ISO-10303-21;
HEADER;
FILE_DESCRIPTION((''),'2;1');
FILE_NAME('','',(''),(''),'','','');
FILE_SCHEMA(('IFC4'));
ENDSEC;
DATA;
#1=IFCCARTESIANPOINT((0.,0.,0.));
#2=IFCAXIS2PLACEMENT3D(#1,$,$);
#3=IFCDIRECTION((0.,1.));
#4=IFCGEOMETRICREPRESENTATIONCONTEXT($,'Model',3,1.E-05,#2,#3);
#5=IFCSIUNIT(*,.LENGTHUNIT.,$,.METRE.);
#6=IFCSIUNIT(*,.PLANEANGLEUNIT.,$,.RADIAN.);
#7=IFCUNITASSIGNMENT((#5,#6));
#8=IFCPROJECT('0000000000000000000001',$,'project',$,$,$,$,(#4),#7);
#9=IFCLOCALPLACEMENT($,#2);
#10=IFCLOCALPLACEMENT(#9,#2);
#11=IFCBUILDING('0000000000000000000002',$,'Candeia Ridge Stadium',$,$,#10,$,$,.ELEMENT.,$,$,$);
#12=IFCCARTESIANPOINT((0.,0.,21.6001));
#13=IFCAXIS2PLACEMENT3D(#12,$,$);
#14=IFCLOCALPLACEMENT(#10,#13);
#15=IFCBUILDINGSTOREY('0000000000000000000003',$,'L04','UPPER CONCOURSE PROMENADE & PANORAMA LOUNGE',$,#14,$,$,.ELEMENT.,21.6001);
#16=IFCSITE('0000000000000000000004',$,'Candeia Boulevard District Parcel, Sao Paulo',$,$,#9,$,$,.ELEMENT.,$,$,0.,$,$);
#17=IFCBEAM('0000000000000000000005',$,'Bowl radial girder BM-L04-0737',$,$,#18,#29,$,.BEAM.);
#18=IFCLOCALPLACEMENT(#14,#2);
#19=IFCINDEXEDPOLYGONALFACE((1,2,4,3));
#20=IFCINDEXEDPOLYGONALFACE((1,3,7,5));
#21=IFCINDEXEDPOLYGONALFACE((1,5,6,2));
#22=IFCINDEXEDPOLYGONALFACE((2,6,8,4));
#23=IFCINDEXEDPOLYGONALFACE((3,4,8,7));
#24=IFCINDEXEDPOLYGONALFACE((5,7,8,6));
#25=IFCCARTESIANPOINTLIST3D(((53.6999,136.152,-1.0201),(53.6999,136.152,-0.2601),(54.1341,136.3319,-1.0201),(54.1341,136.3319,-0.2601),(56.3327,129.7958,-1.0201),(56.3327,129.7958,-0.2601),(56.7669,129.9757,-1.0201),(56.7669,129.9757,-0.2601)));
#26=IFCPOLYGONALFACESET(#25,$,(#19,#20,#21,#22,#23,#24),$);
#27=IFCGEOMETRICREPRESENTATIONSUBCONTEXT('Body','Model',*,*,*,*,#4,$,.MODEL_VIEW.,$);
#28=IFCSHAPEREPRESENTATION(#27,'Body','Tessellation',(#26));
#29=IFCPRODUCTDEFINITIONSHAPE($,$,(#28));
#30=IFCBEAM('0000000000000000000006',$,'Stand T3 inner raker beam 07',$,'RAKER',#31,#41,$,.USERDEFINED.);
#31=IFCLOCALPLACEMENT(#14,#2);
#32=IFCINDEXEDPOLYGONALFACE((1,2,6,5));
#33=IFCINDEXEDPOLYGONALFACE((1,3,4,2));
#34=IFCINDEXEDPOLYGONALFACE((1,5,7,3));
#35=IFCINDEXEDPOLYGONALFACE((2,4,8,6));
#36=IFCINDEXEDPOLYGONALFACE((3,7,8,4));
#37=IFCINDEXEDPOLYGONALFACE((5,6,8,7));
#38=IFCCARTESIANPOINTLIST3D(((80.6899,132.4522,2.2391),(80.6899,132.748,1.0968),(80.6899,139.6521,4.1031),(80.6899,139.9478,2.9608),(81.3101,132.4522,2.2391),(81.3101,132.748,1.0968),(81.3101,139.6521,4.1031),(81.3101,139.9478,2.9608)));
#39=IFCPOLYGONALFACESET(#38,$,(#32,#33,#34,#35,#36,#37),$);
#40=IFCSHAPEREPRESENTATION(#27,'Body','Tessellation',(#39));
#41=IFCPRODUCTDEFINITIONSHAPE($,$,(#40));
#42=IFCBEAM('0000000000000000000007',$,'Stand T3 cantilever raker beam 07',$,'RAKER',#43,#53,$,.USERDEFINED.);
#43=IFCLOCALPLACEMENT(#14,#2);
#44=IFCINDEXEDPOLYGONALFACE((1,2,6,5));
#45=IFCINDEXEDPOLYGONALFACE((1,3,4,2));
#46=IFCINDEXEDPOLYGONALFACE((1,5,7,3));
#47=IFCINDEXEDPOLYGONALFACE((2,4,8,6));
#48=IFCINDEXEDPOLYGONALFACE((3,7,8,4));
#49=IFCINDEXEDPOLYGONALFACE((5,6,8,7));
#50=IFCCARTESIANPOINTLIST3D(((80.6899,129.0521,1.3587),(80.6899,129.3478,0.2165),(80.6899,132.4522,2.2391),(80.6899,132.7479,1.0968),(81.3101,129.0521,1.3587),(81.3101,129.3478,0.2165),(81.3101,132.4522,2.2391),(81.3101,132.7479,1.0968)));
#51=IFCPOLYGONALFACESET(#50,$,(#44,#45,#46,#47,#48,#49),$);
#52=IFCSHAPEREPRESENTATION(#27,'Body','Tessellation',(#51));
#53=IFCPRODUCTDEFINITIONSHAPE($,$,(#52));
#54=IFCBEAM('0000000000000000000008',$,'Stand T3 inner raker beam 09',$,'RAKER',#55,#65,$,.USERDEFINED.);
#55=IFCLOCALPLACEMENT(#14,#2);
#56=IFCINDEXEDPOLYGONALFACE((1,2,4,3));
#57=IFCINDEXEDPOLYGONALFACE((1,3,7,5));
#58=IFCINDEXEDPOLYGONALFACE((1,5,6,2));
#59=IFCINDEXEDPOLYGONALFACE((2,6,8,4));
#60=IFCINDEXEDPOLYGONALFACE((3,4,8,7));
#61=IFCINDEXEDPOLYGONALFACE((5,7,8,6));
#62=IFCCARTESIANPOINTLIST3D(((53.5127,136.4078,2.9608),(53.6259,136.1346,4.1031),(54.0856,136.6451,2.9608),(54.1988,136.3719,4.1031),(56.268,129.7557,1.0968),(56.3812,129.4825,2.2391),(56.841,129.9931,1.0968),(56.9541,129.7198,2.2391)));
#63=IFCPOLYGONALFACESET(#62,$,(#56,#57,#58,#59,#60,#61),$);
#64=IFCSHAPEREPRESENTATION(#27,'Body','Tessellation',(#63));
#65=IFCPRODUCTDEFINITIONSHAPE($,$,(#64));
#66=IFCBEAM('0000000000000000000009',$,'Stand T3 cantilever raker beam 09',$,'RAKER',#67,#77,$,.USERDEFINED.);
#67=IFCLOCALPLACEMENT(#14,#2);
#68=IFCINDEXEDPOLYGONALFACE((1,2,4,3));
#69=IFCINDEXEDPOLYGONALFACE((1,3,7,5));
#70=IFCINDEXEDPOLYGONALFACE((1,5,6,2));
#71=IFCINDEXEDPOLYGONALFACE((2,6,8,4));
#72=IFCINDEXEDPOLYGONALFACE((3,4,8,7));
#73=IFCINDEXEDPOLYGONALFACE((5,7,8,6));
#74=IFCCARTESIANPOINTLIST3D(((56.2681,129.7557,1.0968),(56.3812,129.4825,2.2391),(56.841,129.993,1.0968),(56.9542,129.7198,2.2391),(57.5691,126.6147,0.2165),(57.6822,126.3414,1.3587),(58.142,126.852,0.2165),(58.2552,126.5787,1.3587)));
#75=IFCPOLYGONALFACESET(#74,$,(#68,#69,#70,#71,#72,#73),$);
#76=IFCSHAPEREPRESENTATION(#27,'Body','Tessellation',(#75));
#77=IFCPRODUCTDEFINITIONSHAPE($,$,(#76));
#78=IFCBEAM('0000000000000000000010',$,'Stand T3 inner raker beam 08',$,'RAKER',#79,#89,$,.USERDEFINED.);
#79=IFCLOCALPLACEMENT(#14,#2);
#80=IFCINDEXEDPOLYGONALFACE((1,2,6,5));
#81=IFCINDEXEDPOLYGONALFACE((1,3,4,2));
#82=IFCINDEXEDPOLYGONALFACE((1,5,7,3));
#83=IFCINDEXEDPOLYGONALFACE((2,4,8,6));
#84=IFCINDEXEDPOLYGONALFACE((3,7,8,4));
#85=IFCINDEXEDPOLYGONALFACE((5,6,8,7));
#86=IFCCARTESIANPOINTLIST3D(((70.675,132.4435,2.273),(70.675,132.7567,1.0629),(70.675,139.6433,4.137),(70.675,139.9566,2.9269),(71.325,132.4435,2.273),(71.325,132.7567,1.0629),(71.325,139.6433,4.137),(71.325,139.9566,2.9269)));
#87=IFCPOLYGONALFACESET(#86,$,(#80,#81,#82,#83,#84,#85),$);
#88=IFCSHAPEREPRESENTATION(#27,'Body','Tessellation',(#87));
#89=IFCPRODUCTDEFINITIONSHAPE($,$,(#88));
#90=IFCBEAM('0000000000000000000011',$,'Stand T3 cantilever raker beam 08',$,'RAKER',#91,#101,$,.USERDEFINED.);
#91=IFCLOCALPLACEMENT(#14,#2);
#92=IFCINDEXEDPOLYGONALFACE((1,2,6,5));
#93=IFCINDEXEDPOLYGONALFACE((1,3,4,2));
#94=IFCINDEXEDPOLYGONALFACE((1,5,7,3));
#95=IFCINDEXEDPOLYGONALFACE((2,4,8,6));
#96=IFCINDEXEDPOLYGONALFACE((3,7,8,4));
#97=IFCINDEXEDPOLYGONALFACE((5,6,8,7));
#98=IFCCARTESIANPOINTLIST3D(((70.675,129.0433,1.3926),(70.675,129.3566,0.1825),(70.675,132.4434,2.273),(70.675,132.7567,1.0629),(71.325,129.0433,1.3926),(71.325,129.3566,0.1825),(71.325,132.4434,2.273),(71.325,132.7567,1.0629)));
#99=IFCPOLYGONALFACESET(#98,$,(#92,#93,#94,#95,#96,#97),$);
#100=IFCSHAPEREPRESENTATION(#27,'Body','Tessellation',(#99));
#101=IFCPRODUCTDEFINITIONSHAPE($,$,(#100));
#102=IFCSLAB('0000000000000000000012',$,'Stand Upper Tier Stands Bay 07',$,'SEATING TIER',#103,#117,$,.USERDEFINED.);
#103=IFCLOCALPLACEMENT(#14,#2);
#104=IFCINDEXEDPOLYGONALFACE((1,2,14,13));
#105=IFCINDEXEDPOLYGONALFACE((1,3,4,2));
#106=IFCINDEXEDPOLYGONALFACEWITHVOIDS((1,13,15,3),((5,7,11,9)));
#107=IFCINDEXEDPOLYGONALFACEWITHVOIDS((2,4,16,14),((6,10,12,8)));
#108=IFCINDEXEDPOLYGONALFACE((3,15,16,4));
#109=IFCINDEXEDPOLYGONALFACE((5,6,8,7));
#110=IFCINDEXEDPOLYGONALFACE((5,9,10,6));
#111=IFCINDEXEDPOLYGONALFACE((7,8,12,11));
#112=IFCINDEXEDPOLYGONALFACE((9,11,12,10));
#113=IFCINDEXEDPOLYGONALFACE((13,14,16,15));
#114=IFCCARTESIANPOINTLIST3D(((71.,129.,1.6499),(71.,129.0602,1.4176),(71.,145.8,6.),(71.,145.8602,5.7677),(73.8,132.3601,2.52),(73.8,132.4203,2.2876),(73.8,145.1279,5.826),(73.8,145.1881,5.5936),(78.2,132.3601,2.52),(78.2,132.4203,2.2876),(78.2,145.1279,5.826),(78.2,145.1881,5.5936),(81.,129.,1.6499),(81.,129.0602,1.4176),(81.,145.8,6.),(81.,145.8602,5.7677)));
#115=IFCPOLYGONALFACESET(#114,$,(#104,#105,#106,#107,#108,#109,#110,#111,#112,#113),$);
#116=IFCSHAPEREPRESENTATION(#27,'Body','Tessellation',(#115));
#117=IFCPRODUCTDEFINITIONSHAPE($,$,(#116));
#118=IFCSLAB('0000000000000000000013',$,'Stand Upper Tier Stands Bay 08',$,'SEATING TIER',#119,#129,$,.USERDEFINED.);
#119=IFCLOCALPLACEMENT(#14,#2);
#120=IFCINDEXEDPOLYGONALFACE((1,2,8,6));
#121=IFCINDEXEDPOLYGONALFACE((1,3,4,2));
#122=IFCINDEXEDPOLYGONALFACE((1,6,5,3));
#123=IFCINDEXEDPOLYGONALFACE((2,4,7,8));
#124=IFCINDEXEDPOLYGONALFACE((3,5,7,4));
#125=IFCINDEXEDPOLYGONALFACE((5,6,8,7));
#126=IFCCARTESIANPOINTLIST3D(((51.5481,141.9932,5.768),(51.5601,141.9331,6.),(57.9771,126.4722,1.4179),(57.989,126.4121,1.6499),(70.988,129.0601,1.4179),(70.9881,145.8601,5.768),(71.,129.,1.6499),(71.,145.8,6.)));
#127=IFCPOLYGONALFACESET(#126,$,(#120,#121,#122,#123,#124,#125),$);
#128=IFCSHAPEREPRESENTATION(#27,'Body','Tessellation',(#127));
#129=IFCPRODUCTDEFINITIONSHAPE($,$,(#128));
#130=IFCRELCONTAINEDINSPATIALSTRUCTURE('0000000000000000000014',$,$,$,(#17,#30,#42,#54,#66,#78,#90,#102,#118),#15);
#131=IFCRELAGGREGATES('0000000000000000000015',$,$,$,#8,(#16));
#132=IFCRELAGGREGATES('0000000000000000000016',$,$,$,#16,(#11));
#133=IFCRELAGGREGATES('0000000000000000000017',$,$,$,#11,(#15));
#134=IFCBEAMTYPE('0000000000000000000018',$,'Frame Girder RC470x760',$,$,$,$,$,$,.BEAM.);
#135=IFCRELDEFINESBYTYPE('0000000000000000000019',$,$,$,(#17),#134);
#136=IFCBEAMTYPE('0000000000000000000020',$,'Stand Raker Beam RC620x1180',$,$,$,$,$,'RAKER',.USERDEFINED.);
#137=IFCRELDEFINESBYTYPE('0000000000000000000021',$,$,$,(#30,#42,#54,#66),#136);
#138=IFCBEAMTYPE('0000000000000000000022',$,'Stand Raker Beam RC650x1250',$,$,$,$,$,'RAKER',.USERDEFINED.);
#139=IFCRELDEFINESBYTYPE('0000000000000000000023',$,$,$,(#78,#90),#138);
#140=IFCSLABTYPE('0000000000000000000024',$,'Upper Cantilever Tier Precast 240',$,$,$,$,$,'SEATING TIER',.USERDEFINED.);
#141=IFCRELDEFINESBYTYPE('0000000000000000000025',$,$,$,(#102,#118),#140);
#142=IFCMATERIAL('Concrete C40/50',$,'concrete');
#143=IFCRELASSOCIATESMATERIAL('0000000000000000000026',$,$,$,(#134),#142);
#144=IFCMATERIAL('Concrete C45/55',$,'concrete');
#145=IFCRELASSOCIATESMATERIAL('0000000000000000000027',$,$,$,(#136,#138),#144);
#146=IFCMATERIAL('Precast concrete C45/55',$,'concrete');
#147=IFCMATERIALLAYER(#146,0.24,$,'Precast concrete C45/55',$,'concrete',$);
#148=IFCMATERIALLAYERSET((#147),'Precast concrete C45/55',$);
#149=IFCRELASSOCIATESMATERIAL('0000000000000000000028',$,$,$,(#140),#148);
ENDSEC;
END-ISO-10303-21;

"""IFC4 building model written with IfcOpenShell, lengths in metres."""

from ifc_helpers import new_model, si_unit, direction, frame, origin, origin_2d, place, context, subcontext, project, spatial, polyline, rectangle, outline, extrude, material, layer, layer_set, material_profile, profile_set, type_object, element, save


model = new_model("IFC4")

# Units and contexts
model_context = context("Model", 3, precision=1e-05, world=origin(), true_north=direction((0.0, 1.0)))
body_context = subcontext(model_context, "Body", "Model", "MODEL_VIEW")
ifc_project = project(units=[si_unit("LENGTHUNIT", "METRE"), si_unit("PLANEANGLEUNIT", "RADIAN")], contexts=[model_context])

# Site, building, storey
site_placement = place(None, origin())
site = spatial("IfcSite", under=ifc_project, at=site_placement, Name="Candeia Boulevard District Parcel, Sao Paulo", CompositionType="ELEMENT", RefElevation=0.0)
building_placement = place(site_placement, origin())
building = spatial("IfcBuilding", under=site, at=building_placement, Name="Candeia Ridge Stadium", CompositionType="ELEMENT")
storey_placement = place(building_placement, frame((0.0, 0.0, 21.6001)))
storey = spatial("IfcBuildingStorey", under=building, at=storey_placement, Name="L04", Description="UPPER CONCOURSE PROMENADE & PANORAMA LOUNGE", CompositionType="ELEMENT", Elevation=21.6001)

# Shared definitions
ifc_material_1 = material(Name="Concrete C45/55", Category="concrete")
ifc_material_2 = material(Name="Concrete C40/50", Category="concrete")

# Beams
ifc_material_profile_1 = material_profile(ifc_material_2, rectangle(XDim=0.47, YDim=0.76, at=origin_2d()), Name="RC470x760", Category="concrete")
ifc_profile_set_1 = profile_set([ifc_material_profile_1], Name="Concrete C40/50")
beam_type_1 = type_object("IfcBeamType", Name="Frame Girder RC470x760", PredefinedType="BEAM", material=ifc_profile_set_1)
beam_1_placement = place(storey_placement, frame((56.5498, 129.8857, -0.6401), z_axis=(-0.382682, 0.92388, 0.0), x_axis=(-0.92388, -0.382682, 0.0)))
element("IfcBeam", 1, at=beam_1_placement, inside=storey, type_object=beam_type_1, Name="Bowl radial girder BM-L04-0737", PredefinedType="BEAM", context=body_context, shape_type="SweptSolid", body=[
    extrude(rectangle(XDim=0.47, YDim=0.76, at=origin_2d()), origin(), (0.0, 0.0, 1.0), 6.8799),
])
ifc_material_profile_2 = material_profile(ifc_material_1, rectangle(XDim=0.6201, YDim=1.1799, at=origin_2d()), Name="RC620x1180", Category="concrete")
ifc_profile_set_2 = profile_set([ifc_material_profile_2], Name="Concrete C45/55")
beam_type_2 = type_object("IfcBeamType", Name="Stand Raker Beam RC620x1180", ElementType="RAKER", PredefinedType="USERDEFINED", material=ifc_profile_set_2)
beam_2_placement = place(storey_placement, frame((81.0, 132.6001, 1.668), z_axis=(0.0, 0.968083, 0.250629), x_axis=(-1.0, 0.0, 0.0)))
element("IfcBeam", 2, at=beam_2_placement, inside=storey, type_object=beam_type_2, Name="Stand T3 inner raker beam 07", ObjectType="RAKER", PredefinedType="USERDEFINED", context=body_context, shape_type="SweptSolid", body=[
    extrude(rectangle(XDim=0.6201, YDim=1.1799, at=origin_2d()), origin(), (0.0, 0.0, 1.0), 7.4373),
])
beam_3_placement = place(storey_placement, frame((81.0, 129.2, 0.7876), z_axis=(0.0, 0.968076, 0.250656), x_axis=(-1.0, 0.0, 0.0)))
element("IfcBeam", 3, at=beam_3_placement, inside=storey, type_object=beam_type_2, Name="Stand T3 cantilever raker beam 07", ObjectType="RAKER", PredefinedType="USERDEFINED", context=body_context, shape_type="SweptSolid", body=[
    extrude(rectangle(XDim=0.6201, YDim=1.1799, at=origin_2d()), origin(), (0.0, 0.0, 1.0), 3.5122),
])
beam_4_placement = place(storey_placement, frame((56.6111, 129.7378, 1.668), z_axis=(-0.370468, 0.894395, 0.250622), x_axis=(-0.92388, -0.382681, 0.0)))
element("IfcBeam", 4, at=beam_4_placement, inside=storey, type_object=beam_type_2, Name="Stand T3 inner raker beam 09", ObjectType="RAKER", PredefinedType="USERDEFINED", context=body_context, shape_type="SweptSolid", body=[
    extrude(rectangle(XDim=0.6201, YDim=1.1799, at=origin_2d()), origin(), (0.0, 0.0, 1.0), 7.4375),
])
beam_5_placement = place(storey_placement, frame((57.9121, 126.5967, 0.7876), z_axis=(-0.370449, 0.894388, 0.250673), x_axis=(-0.923886, -0.382667, 0.0)))
element("IfcBeam", 5, at=beam_5_placement, inside=storey, type_object=beam_type_2, Name="Stand T3 cantilever raker beam 09", ObjectType="RAKER", PredefinedType="USERDEFINED", context=body_context, shape_type="SweptSolid", body=[
    extrude(rectangle(XDim=0.6201, YDim=1.1799, at=origin_2d()), origin(), (0.0, 0.0, 1.0), 3.512),
])
ifc_material_profile_3 = material_profile(ifc_material_1, rectangle(XDim=0.6499, YDim=1.25, at=origin_2d()), Name="RC650x1250", Category="concrete")
ifc_profile_set_3 = profile_set([ifc_material_profile_3], Name="Concrete C45/55")
beam_type_3 = type_object("IfcBeamType", Name="Stand Raker Beam RC650x1250", ElementType="RAKER", PredefinedType="USERDEFINED", material=ifc_profile_set_3)
beam_6_placement = place(storey_placement, frame((71.0, 132.6001, 1.668), z_axis=(0.0, 0.968083, 0.250629), x_axis=(-1.0, 0.0, 0.0)))
element("IfcBeam", 6, at=beam_6_placement, inside=storey, type_object=beam_type_3, Name="Stand T3 inner raker beam 08", ObjectType="RAKER", PredefinedType="USERDEFINED", context=body_context, shape_type="SweptSolid", body=[
    extrude(rectangle(XDim=0.6499, YDim=1.25, at=origin_2d()), origin(), (0.0, 0.0, 1.0), 7.4373),
])
beam_7_placement = place(storey_placement, frame((71.0, 129.2, 0.7876), z_axis=(0.0, 0.968076, 0.250656), x_axis=(-1.0, 0.0, 0.0)))
element("IfcBeam", 7, at=beam_7_placement, inside=storey, type_object=beam_type_3, Name="Stand T3 cantilever raker beam 08", ObjectType="RAKER", PredefinedType="USERDEFINED", context=body_context, shape_type="SweptSolid", body=[
    extrude(rectangle(XDim=0.6499, YDim=1.25, at=origin_2d()), origin(), (0.0, 0.0, 1.0), 3.5122),
])

# Slabs
ifc_material_3 = material(Name="Precast concrete C45/55", Category="concrete")
ifc_layer_1 = layer(ifc_material_3, 0.24, Name="Precast concrete C45/55", Category="concrete")
ifc_layer_set_1 = layer_set([ifc_layer_1], Name="Precast concrete C45/55")
slab_type = type_object("IfcSlabType", Name="Upper Cantilever Tier Precast 240", ElementType="SEATING TIER", PredefinedType="USERDEFINED", material=ifc_layer_set_1)
slab_1_placement = place(storey_placement, frame((81.0, 129.0, 1.6499), z_axis=(0.0, -0.250667, 0.968073), x_axis=(-1.0, 0.0, 0.0)))
element("IfcSlab", 8, at=slab_1_placement, inside=storey, type_object=slab_type, Name="Stand Upper Tier Stands Bay 07", ObjectType="SEATING TIER", PredefinedType="USERDEFINED", context=body_context, shape_type="SweptSolid", body=[
    extrude(outline(polyline([(0.0, 0.0), (10.0, 0.0), (10.0, -17.3541), (0.0, -17.3541), (0.0, 0.0)]), holes=[polyline([(2.8, -3.4709), (7.2, -3.4709), (7.2, -16.6598), (2.8, -16.6598), (2.8, -3.4709)])]), origin(), (0.0, 0.0, -1.0), 0.24),
])
slab_2_placement = place(storey_placement, frame((71.0, 129.0, 1.6499), z_axis=(0.049799, -0.250358, 0.966872), x_axis=(-0.980787, -0.19508, 0.000002)))
element("IfcSlab", 9, at=slab_2_placement, inside=storey, type_object=slab_type, Name="Stand Upper Tier Stands Bay 08", ObjectType="SEATING TIER", PredefinedType="USERDEFINED", context=body_context, shape_type="SweptSolid", body=[
    extrude(outline(polyline([(0.0, 0.0), (13.2659, 0.0), (16.5435, -17.0415), (-3.2773, -17.0418), (0.0, 0.0)])), origin(), (0.0, 0.0, -1.0), 0.24),
])

save(model, "model.ifc")
